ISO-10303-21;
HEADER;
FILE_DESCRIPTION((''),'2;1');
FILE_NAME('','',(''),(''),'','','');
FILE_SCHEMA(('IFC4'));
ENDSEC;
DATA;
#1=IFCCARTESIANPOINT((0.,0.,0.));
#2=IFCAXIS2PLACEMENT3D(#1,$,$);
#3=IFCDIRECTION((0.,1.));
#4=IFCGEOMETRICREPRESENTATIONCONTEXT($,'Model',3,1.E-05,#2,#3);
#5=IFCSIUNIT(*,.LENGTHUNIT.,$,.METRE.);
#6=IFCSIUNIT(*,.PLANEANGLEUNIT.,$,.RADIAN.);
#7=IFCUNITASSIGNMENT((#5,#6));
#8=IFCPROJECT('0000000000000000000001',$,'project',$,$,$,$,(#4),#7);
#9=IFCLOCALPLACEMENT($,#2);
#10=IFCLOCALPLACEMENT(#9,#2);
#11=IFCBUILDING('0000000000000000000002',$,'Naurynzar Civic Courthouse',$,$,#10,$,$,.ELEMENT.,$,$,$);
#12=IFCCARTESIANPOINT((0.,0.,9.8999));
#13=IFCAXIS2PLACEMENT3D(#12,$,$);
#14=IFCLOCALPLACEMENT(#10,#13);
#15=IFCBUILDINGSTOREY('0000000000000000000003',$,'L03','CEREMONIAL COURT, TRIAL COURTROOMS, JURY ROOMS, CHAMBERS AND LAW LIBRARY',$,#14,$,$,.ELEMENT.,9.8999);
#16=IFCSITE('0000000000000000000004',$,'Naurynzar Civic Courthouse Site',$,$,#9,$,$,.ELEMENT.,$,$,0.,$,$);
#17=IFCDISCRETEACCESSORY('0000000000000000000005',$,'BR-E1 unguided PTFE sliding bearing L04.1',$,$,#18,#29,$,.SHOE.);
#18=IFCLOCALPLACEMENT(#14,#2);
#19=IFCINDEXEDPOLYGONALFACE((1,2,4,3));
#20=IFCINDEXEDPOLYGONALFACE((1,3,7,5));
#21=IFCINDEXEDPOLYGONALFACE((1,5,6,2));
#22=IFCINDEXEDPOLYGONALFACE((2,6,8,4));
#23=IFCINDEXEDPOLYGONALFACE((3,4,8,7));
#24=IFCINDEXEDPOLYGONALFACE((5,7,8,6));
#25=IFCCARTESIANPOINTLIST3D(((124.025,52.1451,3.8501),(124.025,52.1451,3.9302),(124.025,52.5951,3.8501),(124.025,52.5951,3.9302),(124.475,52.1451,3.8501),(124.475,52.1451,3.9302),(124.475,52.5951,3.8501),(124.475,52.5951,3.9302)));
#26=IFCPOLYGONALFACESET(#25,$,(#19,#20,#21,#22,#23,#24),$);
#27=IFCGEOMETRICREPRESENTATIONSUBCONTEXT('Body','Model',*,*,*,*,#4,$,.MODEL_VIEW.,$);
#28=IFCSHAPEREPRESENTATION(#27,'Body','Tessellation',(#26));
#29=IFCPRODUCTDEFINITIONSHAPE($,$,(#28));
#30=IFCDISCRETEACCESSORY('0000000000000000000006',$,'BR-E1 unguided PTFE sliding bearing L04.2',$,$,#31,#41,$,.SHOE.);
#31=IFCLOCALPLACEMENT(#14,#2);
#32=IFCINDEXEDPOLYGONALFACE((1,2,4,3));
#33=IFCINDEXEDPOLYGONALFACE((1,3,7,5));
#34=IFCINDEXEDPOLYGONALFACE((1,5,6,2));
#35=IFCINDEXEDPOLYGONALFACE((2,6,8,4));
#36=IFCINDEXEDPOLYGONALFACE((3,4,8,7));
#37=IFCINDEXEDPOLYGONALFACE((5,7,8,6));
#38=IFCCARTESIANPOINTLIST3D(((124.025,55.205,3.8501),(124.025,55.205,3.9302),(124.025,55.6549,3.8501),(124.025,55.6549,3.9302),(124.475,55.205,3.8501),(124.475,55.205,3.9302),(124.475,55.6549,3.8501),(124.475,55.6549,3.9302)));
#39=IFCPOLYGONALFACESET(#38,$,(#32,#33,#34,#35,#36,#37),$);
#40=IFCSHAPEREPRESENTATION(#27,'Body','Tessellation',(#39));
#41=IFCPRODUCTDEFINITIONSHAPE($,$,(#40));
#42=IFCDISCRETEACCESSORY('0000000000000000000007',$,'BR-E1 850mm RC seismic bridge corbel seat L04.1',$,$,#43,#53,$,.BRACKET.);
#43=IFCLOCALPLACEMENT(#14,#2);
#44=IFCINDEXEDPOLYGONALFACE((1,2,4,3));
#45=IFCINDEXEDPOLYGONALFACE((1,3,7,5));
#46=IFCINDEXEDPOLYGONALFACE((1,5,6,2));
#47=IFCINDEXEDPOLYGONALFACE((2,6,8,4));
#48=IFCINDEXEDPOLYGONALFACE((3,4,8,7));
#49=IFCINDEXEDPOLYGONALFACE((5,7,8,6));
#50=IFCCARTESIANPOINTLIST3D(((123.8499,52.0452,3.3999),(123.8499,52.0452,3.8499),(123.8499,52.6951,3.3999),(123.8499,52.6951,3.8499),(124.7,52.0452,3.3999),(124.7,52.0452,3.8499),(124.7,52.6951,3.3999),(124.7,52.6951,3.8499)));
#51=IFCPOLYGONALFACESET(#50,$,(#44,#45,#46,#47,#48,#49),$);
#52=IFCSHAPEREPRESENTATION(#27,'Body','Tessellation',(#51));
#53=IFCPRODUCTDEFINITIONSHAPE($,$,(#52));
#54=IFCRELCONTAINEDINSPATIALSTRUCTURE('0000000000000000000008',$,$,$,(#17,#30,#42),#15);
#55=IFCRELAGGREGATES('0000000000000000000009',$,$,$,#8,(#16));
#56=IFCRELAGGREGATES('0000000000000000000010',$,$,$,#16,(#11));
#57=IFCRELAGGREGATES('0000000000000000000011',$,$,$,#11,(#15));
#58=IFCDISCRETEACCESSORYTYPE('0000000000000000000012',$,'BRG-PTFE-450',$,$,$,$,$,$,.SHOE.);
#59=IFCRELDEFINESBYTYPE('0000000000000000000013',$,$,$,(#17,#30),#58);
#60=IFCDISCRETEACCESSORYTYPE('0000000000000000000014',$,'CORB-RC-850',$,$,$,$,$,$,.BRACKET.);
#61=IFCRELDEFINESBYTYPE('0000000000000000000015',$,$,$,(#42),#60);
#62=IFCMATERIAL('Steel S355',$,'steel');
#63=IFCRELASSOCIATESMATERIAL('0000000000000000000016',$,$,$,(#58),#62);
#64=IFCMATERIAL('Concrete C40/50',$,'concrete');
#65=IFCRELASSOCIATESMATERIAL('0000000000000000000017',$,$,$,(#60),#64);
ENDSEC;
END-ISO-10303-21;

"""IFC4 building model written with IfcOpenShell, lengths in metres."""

from ifc_helpers import new_model, si_unit, direction, frame, origin, origin_2d, place, context, subcontext, project, spatial, rectangle, extrude, material, type_object, element, save


model = new_model("IFC4")

# Units and contexts
model_context = context("Model", 3, precision=1e-05, world=origin(), true_north=direction((0.0, 1.0)))
body_context = subcontext(model_context, "Body", "Model", "MODEL_VIEW")
ifc_project = project(units=[si_unit("LENGTHUNIT", "METRE"), si_unit("PLANEANGLEUNIT", "RADIAN")], contexts=[model_context])

# Site, building, storey
site_placement = place(None, origin())
site = spatial("IfcSite", under=ifc_project, at=site_placement, Name="Naurynzar Civic Courthouse Site", CompositionType="ELEMENT", RefElevation=0.0)
building_placement = place(site_placement, origin())
building = spatial("IfcBuilding", under=site, at=building_placement, Name="Naurynzar Civic Courthouse", CompositionType="ELEMENT")
storey_placement = place(building_placement, frame((0.0, 0.0, 9.8999)))
storey = spatial("IfcBuildingStorey", under=building, at=storey_placement, Name="L03", Description="CEREMONIAL COURT, TRIAL COURTROOMS, JURY ROOMS, CHAMBERS AND LAW LIBRARY", CompositionType="ELEMENT", Elevation=9.8999)

# Discrete accessories
ifc_material_1 = material(Name="Steel S355", Category="steel")
discrete_accessory_type_1 = type_object("IfcDiscreteAccessoryType", Name="BRG-PTFE-450", PredefinedType="SHOE", material=ifc_material_1)
for number, where, z_axis, x_axis, name in (
    (1, (124.25, 52.3701, 3.8501), (0.0, 0.0, 1.0), (1.0, 0.0, 0.0), "BR-E1 unguided PTFE sliding bearing L04.1"),
    (2, (124.25, 55.4299, 3.8501), (0.0, 0.0, 1.0), (1.0, 0.0, 0.0), "BR-E1 unguided PTFE sliding bearing L04.2"),
):
    element("IfcDiscreteAccessory", number, at=place(storey_placement, frame(where, z_axis=z_axis, x_axis=x_axis)), inside=storey, type_object=discrete_accessory_type_1, Name=name, PredefinedType="SHOE", context=body_context, shape_type="SweptSolid", body=[
        extrude(rectangle(XDim=0.45, YDim=0.45, at=origin_2d()), origin(), (0.0, 0.0, 1.0), 0.0801),
    ])
ifc_material_2 = material(Name="Concrete C40/50", Category="concrete")
discrete_accessory_type_2 = type_object("IfcDiscreteAccessoryType", Name="CORB-RC-850", PredefinedType="BRACKET", material=ifc_material_2)
discrete_accessory_placement = place(storey_placement, frame((124.2749, 52.3701, 3.3999), z_axis=(0.0, 0.0, 1.0), x_axis=(1.0, 0.0, 0.0)))
element("IfcDiscreteAccessory", 3, at=discrete_accessory_placement, inside=storey, type_object=discrete_accessory_type_2, Name="BR-E1 850mm RC seismic bridge corbel seat L04.1", PredefinedType="BRACKET", context=body_context, shape_type="SweptSolid", body=[
    extrude(rectangle(XDim=0.8501, YDim=0.6499, at=origin_2d()), origin(), (0.0, 0.0, 1.0), 0.45),
])

save(model, "model.ifc")
